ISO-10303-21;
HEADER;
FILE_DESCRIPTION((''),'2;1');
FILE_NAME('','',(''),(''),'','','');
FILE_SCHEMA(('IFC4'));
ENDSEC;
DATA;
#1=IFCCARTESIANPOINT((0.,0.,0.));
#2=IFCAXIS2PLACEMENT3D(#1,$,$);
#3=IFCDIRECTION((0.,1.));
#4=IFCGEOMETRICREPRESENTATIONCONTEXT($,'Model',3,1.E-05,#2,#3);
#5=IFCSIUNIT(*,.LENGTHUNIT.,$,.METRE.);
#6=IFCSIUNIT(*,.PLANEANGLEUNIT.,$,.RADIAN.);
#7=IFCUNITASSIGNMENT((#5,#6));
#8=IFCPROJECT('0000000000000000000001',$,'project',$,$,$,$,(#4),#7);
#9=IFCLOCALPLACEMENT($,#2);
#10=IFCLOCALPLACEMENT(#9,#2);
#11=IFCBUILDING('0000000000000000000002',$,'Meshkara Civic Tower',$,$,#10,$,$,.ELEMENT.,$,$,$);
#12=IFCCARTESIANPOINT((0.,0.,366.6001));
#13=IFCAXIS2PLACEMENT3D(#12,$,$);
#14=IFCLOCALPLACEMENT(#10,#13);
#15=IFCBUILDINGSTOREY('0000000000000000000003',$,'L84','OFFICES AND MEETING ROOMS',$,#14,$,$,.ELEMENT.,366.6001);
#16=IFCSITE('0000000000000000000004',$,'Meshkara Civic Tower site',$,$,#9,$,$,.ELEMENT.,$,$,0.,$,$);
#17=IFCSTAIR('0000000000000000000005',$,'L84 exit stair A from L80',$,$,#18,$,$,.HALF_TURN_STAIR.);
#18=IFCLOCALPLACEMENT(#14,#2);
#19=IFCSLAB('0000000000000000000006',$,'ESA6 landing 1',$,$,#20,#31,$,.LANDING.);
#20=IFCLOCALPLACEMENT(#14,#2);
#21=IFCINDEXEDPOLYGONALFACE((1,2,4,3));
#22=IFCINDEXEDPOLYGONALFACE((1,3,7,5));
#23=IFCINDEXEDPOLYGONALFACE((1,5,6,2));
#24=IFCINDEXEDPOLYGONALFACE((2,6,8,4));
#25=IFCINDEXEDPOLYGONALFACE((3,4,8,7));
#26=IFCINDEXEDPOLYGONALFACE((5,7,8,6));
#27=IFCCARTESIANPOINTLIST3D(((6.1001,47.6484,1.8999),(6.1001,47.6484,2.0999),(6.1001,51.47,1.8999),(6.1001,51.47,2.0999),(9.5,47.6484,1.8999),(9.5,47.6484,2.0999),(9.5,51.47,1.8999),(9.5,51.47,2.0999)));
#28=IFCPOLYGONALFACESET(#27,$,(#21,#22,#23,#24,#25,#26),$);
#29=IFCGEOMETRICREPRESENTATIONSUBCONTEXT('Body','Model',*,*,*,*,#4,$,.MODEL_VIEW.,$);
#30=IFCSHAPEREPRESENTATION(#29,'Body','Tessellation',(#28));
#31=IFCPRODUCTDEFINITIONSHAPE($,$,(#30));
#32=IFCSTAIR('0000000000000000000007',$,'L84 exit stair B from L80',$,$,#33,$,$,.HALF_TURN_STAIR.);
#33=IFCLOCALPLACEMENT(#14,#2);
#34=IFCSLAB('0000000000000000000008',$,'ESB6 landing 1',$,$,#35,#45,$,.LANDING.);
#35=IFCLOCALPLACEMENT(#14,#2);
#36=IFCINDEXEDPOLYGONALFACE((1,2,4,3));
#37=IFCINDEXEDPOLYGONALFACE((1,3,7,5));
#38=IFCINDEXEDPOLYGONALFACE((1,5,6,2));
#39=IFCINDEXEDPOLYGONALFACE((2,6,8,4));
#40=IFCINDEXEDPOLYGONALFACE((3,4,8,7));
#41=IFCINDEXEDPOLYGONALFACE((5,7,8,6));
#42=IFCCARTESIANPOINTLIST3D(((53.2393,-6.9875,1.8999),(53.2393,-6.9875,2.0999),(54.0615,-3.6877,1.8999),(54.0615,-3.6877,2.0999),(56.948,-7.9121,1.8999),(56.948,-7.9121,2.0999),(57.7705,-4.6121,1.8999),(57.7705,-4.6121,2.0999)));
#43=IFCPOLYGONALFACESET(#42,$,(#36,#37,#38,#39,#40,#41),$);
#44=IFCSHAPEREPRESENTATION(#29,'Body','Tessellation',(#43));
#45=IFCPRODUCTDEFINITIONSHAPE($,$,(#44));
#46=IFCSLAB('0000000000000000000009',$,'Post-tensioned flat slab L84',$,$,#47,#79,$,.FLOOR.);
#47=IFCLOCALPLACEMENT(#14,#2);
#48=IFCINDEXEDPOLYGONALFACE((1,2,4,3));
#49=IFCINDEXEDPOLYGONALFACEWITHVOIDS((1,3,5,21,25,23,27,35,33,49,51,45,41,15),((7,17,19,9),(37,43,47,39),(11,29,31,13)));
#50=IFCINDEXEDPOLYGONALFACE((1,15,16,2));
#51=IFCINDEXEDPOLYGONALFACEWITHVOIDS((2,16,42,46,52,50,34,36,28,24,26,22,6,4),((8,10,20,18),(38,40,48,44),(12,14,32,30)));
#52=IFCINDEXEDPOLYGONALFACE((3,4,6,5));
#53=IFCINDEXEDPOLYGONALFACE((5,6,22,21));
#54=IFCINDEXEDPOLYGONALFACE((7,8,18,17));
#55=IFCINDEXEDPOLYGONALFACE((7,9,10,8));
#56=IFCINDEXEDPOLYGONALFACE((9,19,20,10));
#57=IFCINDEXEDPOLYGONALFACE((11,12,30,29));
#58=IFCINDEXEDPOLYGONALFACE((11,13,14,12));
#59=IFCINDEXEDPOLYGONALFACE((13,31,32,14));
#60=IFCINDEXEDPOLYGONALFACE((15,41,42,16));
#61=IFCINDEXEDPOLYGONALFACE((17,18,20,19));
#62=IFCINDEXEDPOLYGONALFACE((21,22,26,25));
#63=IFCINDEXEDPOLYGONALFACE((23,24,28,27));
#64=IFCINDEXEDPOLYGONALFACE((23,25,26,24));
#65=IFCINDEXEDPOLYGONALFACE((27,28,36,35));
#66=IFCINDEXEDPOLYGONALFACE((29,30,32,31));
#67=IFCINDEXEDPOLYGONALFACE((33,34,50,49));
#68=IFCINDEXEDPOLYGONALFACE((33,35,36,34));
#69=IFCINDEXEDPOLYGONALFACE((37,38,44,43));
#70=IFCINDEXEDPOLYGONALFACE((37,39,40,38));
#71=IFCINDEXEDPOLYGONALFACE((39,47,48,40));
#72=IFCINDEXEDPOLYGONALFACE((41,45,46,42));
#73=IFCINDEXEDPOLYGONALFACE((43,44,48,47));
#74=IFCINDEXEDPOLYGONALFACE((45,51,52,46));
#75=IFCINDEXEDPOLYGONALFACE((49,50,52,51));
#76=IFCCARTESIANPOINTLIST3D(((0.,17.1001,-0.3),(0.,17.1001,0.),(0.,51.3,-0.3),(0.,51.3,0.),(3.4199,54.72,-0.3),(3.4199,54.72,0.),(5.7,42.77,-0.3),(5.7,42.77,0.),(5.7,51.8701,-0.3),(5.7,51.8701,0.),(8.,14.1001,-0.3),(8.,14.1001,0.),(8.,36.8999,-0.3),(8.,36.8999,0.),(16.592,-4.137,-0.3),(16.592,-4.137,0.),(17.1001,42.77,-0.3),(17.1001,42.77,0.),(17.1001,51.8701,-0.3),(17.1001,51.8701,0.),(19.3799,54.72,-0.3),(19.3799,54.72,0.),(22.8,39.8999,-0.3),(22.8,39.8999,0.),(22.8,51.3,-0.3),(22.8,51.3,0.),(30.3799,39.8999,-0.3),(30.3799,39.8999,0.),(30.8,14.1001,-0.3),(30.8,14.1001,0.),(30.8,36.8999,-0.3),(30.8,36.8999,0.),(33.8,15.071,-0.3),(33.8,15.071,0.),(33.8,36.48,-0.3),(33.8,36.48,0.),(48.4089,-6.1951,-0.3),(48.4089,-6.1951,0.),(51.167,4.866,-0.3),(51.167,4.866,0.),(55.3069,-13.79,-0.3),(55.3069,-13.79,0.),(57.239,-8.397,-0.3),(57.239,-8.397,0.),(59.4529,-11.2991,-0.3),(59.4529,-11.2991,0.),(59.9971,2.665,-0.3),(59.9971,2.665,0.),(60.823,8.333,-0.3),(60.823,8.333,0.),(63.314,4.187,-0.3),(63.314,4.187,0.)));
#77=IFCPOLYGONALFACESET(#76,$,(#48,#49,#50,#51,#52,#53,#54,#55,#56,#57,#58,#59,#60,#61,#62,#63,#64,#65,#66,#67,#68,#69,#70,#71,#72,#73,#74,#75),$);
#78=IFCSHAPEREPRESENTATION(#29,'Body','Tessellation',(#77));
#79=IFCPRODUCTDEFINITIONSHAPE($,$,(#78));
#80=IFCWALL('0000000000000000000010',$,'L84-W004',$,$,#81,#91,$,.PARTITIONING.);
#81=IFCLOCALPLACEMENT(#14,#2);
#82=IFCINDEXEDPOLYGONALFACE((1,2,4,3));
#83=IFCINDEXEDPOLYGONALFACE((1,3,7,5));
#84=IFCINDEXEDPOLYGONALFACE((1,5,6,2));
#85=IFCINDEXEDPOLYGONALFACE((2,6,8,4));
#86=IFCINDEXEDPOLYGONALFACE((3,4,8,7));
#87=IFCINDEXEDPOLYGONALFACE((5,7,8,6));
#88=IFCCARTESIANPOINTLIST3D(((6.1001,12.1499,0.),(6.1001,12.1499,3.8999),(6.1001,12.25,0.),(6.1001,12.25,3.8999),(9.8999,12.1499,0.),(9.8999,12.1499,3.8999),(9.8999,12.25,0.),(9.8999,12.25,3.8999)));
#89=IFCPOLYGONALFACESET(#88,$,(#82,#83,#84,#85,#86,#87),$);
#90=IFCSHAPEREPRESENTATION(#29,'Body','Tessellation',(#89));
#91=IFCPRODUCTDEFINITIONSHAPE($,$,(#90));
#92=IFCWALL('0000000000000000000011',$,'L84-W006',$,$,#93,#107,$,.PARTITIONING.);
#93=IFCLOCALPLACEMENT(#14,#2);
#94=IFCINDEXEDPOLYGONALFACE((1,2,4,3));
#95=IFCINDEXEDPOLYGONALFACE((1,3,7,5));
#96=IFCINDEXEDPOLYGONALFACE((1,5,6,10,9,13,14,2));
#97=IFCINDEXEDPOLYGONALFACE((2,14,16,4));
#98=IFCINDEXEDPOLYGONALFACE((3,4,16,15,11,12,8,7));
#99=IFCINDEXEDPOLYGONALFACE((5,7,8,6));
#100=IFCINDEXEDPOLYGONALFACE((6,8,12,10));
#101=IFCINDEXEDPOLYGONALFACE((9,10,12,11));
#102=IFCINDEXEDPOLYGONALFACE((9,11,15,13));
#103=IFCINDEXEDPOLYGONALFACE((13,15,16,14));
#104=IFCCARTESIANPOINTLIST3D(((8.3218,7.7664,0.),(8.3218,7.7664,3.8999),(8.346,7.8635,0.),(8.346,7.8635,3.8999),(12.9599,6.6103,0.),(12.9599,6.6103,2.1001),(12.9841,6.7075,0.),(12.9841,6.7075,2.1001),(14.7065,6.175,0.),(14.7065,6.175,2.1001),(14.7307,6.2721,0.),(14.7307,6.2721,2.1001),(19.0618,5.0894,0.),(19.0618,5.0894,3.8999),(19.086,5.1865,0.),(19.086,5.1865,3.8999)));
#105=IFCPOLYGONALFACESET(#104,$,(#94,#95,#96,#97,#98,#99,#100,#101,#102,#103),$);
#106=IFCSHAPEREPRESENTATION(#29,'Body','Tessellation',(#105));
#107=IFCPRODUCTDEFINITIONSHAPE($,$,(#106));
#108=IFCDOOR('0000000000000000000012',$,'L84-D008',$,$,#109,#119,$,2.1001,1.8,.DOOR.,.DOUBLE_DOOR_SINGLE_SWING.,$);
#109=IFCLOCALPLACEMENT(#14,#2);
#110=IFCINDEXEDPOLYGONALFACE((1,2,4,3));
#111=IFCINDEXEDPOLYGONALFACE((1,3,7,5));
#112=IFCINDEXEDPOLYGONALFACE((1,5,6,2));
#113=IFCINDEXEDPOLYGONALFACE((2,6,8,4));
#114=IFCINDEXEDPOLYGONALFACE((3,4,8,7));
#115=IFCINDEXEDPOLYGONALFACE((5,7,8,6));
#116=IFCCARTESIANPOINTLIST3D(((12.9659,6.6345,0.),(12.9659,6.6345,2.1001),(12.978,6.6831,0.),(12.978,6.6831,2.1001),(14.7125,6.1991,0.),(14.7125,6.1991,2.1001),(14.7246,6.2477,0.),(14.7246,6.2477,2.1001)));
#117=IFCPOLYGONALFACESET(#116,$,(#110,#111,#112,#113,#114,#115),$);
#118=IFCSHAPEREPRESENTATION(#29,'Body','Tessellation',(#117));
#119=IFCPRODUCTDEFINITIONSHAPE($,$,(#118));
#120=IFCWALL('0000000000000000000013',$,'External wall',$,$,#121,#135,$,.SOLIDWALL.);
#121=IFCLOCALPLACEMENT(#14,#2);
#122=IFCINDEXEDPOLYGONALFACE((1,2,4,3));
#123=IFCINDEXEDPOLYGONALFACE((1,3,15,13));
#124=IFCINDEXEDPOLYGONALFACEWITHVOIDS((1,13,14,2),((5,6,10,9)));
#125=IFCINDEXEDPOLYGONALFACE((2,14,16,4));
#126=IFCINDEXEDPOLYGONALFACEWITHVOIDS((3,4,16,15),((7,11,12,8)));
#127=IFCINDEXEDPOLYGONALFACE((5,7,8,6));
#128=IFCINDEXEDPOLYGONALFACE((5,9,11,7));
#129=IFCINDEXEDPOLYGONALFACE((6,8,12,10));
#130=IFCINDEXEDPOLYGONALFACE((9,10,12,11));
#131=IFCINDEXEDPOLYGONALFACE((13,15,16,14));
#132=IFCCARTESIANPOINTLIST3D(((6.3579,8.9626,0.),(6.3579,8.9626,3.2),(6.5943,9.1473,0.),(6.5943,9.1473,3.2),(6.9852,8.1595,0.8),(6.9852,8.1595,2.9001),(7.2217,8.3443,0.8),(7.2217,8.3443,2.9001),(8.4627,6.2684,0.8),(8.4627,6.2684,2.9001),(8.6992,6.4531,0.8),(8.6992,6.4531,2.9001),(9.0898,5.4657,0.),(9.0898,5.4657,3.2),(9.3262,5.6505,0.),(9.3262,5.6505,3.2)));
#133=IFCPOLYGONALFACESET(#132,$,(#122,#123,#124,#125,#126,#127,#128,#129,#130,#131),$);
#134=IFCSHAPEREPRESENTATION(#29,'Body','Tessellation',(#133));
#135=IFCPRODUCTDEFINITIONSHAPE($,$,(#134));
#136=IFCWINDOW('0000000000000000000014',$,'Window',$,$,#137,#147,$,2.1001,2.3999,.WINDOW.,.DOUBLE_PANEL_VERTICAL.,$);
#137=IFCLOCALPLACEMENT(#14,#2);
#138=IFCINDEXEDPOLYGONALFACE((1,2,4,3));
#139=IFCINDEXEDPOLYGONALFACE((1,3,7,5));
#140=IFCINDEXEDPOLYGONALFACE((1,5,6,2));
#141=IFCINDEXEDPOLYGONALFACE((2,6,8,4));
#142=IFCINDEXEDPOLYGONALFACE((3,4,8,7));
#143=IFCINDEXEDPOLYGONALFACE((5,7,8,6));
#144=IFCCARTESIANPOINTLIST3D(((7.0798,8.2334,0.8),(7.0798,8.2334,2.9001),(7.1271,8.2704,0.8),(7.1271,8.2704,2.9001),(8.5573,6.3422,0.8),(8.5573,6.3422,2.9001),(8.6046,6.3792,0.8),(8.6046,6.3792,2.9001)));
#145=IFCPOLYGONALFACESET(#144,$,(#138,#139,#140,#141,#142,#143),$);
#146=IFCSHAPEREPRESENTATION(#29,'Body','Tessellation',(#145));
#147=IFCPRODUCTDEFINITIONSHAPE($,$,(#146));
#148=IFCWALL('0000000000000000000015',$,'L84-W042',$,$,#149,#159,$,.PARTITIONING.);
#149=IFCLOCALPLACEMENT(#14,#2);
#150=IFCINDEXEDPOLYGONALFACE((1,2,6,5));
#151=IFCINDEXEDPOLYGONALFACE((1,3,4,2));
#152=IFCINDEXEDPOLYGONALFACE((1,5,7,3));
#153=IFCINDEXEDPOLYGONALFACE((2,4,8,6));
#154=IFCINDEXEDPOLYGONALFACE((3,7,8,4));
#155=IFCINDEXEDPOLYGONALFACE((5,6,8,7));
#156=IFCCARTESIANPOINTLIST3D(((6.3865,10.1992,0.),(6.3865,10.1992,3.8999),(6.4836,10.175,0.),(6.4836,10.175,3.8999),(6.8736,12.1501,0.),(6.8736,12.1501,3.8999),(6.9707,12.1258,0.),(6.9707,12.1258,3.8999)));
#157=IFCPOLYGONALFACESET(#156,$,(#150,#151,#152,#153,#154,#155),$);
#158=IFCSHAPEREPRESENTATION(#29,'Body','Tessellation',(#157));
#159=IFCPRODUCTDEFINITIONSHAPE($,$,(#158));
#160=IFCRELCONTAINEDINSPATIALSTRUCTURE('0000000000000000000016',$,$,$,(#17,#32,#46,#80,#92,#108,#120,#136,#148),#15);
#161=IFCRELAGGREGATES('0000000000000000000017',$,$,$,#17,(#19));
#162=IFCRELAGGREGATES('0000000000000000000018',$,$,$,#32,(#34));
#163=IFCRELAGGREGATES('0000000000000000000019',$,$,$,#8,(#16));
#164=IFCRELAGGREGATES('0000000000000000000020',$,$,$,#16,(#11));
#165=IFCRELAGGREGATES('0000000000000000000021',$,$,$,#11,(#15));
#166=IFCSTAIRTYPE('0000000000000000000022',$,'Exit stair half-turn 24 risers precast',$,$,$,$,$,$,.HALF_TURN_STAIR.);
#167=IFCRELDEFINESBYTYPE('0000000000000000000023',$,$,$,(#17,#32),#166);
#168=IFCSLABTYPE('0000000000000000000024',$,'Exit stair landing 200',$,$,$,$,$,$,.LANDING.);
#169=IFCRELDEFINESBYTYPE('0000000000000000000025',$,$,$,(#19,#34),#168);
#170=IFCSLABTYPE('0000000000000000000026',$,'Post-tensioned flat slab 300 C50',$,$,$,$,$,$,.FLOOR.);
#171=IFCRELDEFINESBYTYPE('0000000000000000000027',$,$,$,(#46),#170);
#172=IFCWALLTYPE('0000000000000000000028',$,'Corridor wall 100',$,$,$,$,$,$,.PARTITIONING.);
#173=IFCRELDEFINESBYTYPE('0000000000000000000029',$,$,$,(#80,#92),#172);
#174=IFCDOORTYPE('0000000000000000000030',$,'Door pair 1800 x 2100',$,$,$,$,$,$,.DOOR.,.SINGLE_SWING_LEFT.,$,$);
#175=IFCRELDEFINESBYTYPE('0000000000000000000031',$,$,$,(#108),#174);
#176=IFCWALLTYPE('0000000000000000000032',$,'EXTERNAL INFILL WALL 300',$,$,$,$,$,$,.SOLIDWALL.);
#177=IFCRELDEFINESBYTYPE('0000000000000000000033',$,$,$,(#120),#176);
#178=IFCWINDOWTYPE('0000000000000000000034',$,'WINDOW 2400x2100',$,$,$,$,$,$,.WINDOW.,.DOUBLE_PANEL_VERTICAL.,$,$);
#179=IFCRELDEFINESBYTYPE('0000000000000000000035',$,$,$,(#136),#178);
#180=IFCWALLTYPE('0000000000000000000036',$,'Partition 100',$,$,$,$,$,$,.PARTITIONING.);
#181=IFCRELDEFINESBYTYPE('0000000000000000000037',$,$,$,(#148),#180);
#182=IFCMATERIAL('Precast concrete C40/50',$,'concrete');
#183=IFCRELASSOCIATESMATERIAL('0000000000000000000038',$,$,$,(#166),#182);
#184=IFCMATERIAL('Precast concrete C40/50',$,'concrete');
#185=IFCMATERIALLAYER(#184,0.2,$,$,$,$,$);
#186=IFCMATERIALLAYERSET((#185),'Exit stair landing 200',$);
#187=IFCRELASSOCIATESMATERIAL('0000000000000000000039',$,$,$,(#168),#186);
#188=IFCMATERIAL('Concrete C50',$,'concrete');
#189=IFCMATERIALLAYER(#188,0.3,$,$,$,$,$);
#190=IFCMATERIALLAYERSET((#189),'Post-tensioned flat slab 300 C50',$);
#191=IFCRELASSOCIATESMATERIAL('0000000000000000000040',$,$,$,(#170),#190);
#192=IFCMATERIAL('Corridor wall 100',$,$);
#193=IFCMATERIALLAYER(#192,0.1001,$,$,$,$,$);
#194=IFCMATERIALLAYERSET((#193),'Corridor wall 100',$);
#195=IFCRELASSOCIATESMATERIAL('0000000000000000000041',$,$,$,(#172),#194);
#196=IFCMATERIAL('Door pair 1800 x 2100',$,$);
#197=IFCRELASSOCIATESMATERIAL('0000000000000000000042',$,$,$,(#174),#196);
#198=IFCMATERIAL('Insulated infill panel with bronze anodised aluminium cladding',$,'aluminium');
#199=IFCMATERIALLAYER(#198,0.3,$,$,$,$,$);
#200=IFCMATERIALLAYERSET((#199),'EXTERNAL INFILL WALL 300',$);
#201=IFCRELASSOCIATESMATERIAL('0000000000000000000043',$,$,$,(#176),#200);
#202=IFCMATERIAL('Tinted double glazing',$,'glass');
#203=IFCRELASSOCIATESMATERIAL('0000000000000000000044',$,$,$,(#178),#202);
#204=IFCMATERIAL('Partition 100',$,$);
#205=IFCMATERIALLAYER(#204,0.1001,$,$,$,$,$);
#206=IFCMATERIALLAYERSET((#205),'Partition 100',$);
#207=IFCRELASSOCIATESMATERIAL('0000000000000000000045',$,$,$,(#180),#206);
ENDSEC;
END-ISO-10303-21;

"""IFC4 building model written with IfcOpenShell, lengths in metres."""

from ifc_helpers import new_model, si_unit, direction, frame, frame_2d, origin, place, context, subcontext, project, spatial, polyline, rectangle, outline, extrude, material, layer, layer_set, type_object, element, fill, aggregate, save


model = new_model("IFC4")

# Units and contexts
model_context = context("Model", 3, precision=1e-05, world=origin(), true_north=direction((0.0, 1.0)))
body_context = subcontext(model_context, "Body", "Model", "MODEL_VIEW")
ifc_project = project(units=[si_unit("LENGTHUNIT", "METRE"), si_unit("PLANEANGLEUNIT", "RADIAN")], contexts=[model_context])

# Site, building, storey
site_placement = place(None, origin())
site = spatial("IfcSite", under=ifc_project, at=site_placement, Name="Meshkara Civic Tower site", CompositionType="ELEMENT", RefElevation=0.0)
building_placement = place(site_placement, origin())
building = spatial("IfcBuilding", under=site, at=building_placement, Name="Meshkara Civic Tower", CompositionType="ELEMENT")
storey_placement = place(building_placement, frame((0.0, 0.0, 366.6001)))
storey = spatial("IfcBuildingStorey", under=building, at=storey_placement, Name="L84", Description="OFFICES AND MEETING ROOMS", CompositionType="ELEMENT", Elevation=366.6001)

# Stairs, slabs
ifc_material_1 = material(Name="Precast concrete C40/50", Category="concrete")
stair_type = type_object("IfcStairType", Name="Exit stair half-turn 24 risers precast", PredefinedType="HALF_TURN_STAIR", material=ifc_material_1)
ifc_material_2 = material(Name="Precast concrete C40/50", Category="concrete")
ifc_layer_1 = layer(ifc_material_2, 0.2)
ifc_layer_set_1 = layer_set([ifc_layer_1], Name="Exit stair landing 200")
slab_type_1 = type_object("IfcSlabType", Name="Exit stair landing 200", PredefinedType="LANDING", material=ifc_layer_set_1)
stair_1_placement = place(storey_placement, origin())
stair_1 = element("IfcStair", 1, at=stair_1_placement, inside=storey, type_object=stair_type, Name="L84 exit stair A from L80", PredefinedType="HALF_TURN_STAIR")
slab_1_placement = place(storey_placement, frame((0.0, 0.0, 1.8999)))
slab_1 = element("IfcSlab", 2, at=slab_1_placement, type_object=slab_type_1, Name="ESA6 landing 1", PredefinedType="LANDING", context=body_context, shape_type="SweptSolid", body=[
    extrude(outline(polyline([(9.5, 47.6484), (9.5, 51.47), (6.1001, 51.47), (6.1001, 47.6484), (9.5, 47.6484)])), origin(), (0.0, 0.0, 1.0), 0.2),
])
aggregate(stair_1, [slab_1])
stair_2_placement = place(storey_placement, origin())
stair_2 = element("IfcStair", 3, at=stair_2_placement, inside=storey, type_object=stair_type, Name="L84 exit stair B from L80", PredefinedType="HALF_TURN_STAIR")
slab_2_placement = place(storey_placement, frame((0.0, 0.0, 1.8999)))
slab_2 = element("IfcSlab", 4, at=slab_2_placement, type_object=slab_type_1, Name="ESB6 landing 1", PredefinedType="LANDING", context=body_context, shape_type="SweptSolid", body=[
    extrude(outline(polyline([(53.2393, -6.9875), (56.948, -7.9121), (57.7705, -4.6121), (54.0615, -3.6877), (53.2393, -6.9875)])), origin(), (0.0, 0.0, 1.0), 0.2),
])
aggregate(stair_2, [slab_2])

# Slab
ifc_material_3 = material(Name="Concrete C50", Category="concrete")
ifc_layer_2 = layer(ifc_material_3, 0.3)
ifc_layer_set_2 = layer_set([ifc_layer_2], Name="Post-tensioned flat slab 300 C50")
slab_type_2 = type_object("IfcSlabType", Name="Post-tensioned flat slab 300 C50", PredefinedType="FLOOR", material=ifc_layer_set_2)
slab_3_placement = place(storey_placement, frame((0.0, 0.0, -0.3)))
element("IfcSlab", 5, at=slab_3_placement, inside=storey, type_object=slab_type_2, Name="Post-tensioned flat slab L84", PredefinedType="FLOOR", context=body_context, shape_type="SweptSolid", body=[
    extrude(outline(polyline([(59.4529, -11.2991), (55.3069, -13.79), (16.592, -4.137), (0.0, 17.1001), (0.0, 51.3), (3.4199, 54.72), (19.3799, 54.72), (22.8, 51.3), (22.8, 39.8999), (30.3799, 39.8999), (33.8, 36.48), (33.8, 15.071), (60.823, 8.333), (63.314, 4.187), (59.4529, -11.2991)]), holes=[polyline([(57.239, -8.397), (59.9971, 2.665), (51.167, 4.866), (48.4089, -6.1951), (57.239, -8.397)]), polyline([(8.0, 14.1001), (30.8, 14.1001), (30.8, 36.8999), (8.0, 36.8999), (8.0, 14.1001)]), polyline([(5.7, 51.8701), (5.7, 42.77), (17.1001, 42.77), (17.1001, 51.8701), (5.7, 51.8701)])]), origin(), (0.0, 0.0, 1.0), 0.3),
])

# Wall
ifc_material_4 = material(Name="Corridor wall 100")
ifc_layer_3 = layer(ifc_material_4, 0.1001)
ifc_layer_set_3 = layer_set([ifc_layer_3], Name="Corridor wall 100")
wall_type_1 = type_object("IfcWallType", Name="Corridor wall 100", PredefinedType="PARTITIONING", material=ifc_layer_set_3)
wall_1_placement = place(storey_placement, frame((6.1001, 12.2, 0.0), z_axis=(0.0, 0.0, 1.0), x_axis=(1.0, 0.0, 0.0)))
element("IfcWall", 6, at=wall_1_placement, inside=storey, type_object=wall_type_1, Name="L84-W004", PredefinedType="PARTITIONING", context=body_context, shape_type="SweptSolid", body=[
    extrude(rectangle(XDim=3.7998, YDim=0.1001, at=frame_2d((1.8999, 0.0))), origin(), (0.0, 0.0, 1.0), 3.8999),
])

# Wall, opening, door
wall_2_placement = place(storey_placement, frame((8.334, 7.8149, 0.0), z_axis=(0.0, 0.0, 1.0), x_axis=(0.970312, -0.241856, 0.0)))
wall_2 = element("IfcWall", 7, at=wall_2_placement, inside=storey, type_object=wall_type_1, Name="L84-W006", PredefinedType="PARTITIONING", context=body_context, shape_type="SweptSolid", body=[
    extrude(rectangle(XDim=11.0686, YDim=0.1001, at=frame_2d((5.5342, 0.0))), origin(), (0.0, 0.0, 1.0), 3.8999),
])
opening_1_placement = place(wall_2_placement, frame((4.78, 0.0, 0.0)))
opening_1 = element("IfcOpeningElement", 8, at=opening_1_placement, cuts=wall_2, PredefinedType="OPENING", context=body_context, shape_type="SweptSolid", body=[
    extrude(rectangle(XDim=1.8, YDim=2.1001, at=frame_2d((0.8999, 1.05))), frame((0.0, 0.0601, 0.0), z_axis=(0.0, -1.0, 0.0), x_axis=(1.0, 0.0, 0.0)), (0.0, 0.0, 1.0), 0.1201),
])
ifc_material_5 = material(Name="Door pair 1800 x 2100")
door_type = type_object("IfcDoorType", Name="Door pair 1800 x 2100", OperationType="SINGLE_SWING_LEFT", PredefinedType="DOOR", material=ifc_material_5)
door_placement = place(opening_1_placement, origin())
door = element("IfcDoor", 9, at=door_placement, inside=storey, type_object=door_type, Name="L84-D008", OperationType="DOUBLE_DOOR_SINGLE_SWING", OverallHeight=2.1001, OverallWidth=1.8, PredefinedType="DOOR", context=body_context, shape_type="SweptSolid", body=[
    extrude(rectangle(XDim=1.8, YDim=2.1001, at=frame_2d((0.8999, 1.05))), frame((0.0, 0.0249, 0.0), z_axis=(0.0, -1.0, 0.0), x_axis=(1.0, 0.0, 0.0)), (0.0, 0.0, 1.0), 0.05),
])
fill(opening_1, door)

# Wall, opening, window
ifc_material_6 = material(Name="Insulated infill panel with bronze anodised aluminium cladding", Category="aluminium")
ifc_layer_4 = layer(ifc_material_6, 0.3)
ifc_layer_set_4 = layer_set([ifc_layer_4], Name="EXTERNAL INFILL WALL 300")
wall_type_2 = type_object("IfcWallType", Name="EXTERNAL INFILL WALL 300", PredefinedType="SOLIDWALL", material=ifc_layer_set_4)
wall_3_placement = place(storey_placement, frame((6.4761, 9.0549, 0.0), z_axis=(0.0, 0.0, 1.0), x_axis=(0.615649, -0.78802, 0.0)))
wall_3 = element("IfcWall", 10, at=wall_3_placement, inside=storey, type_object=wall_type_2, Name="External wall", PredefinedType="SOLIDWALL", context=body_context, shape_type="SweptSolid", body=[
    extrude(rectangle(XDim=4.4375, YDim=0.3, at=frame_2d((2.2188, 0.0))), origin(), (0.0, 0.0, 1.0), 3.2),
])
opening_2_placement = place(wall_3_placement, frame((1.019, 0.0, 0.8)))
opening_2 = element("IfcOpeningElement", 11, at=opening_2_placement, cuts=wall_3, PredefinedType="OPENING", context=body_context, shape_type="SweptSolid", body=[
    extrude(rectangle(XDim=2.3999, YDim=2.1001, at=frame_2d((1.2, 1.05))), frame((0.0, 0.1599, 0.0), z_axis=(0.0, -1.0, 0.0), x_axis=(1.0, 0.0, 0.0)), (0.0, 0.0, 1.0), 0.3201),
])
ifc_material_7 = material(Name="Tinted double glazing", Category="glass")
window_type = type_object("IfcWindowType", Name="WINDOW 2400x2100", PartitioningType="DOUBLE_PANEL_VERTICAL", PredefinedType="WINDOW", material=ifc_material_7)
window_placement = place(opening_2_placement, origin())
window = element("IfcWindow", 12, at=window_placement, inside=storey, type_object=window_type, Name="Window", OverallHeight=2.1001, OverallWidth=2.3999, PartitioningType="DOUBLE_PANEL_VERTICAL", PredefinedType="WINDOW", context=body_context, shape_type="SweptSolid", body=[
    extrude(rectangle(XDim=2.3999, YDim=2.1001, at=frame_2d((1.2, 1.05))), frame((0.0, 0.03, 0.0), z_axis=(0.0, -1.0, 0.0), x_axis=(1.0, 0.0, 0.0)), (0.0, 0.0, 1.0), 0.0601),
])
fill(opening_2, window)

# Wall
ifc_material_8 = material(Name="Partition 100")
ifc_layer_5 = layer(ifc_material_8, 0.1001)
ifc_layer_set_5 = layer_set([ifc_layer_5], Name="Partition 100")
wall_type_3 = type_object("IfcWallType", Name="Partition 100", PredefinedType="PARTITIONING", material=ifc_layer_set_5)
wall_4_placement = place(storey_placement, frame((6.9221, 12.1379, 0.0), z_axis=(0.0, 0.0, 1.0), x_axis=(-0.242221, -0.970221, 0.0)))
element("IfcWall", 13, at=wall_4_placement, inside=storey, type_object=wall_type_3, Name="L84-W042", PredefinedType="PARTITIONING", context=body_context, shape_type="SweptSolid", body=[
    extrude(rectangle(XDim=2.0107, YDim=0.1001, at=frame_2d((1.0054, 0.0))), origin(), (0.0, 0.0, 1.0), 3.8999),
])

save(model, "model.ifc")
